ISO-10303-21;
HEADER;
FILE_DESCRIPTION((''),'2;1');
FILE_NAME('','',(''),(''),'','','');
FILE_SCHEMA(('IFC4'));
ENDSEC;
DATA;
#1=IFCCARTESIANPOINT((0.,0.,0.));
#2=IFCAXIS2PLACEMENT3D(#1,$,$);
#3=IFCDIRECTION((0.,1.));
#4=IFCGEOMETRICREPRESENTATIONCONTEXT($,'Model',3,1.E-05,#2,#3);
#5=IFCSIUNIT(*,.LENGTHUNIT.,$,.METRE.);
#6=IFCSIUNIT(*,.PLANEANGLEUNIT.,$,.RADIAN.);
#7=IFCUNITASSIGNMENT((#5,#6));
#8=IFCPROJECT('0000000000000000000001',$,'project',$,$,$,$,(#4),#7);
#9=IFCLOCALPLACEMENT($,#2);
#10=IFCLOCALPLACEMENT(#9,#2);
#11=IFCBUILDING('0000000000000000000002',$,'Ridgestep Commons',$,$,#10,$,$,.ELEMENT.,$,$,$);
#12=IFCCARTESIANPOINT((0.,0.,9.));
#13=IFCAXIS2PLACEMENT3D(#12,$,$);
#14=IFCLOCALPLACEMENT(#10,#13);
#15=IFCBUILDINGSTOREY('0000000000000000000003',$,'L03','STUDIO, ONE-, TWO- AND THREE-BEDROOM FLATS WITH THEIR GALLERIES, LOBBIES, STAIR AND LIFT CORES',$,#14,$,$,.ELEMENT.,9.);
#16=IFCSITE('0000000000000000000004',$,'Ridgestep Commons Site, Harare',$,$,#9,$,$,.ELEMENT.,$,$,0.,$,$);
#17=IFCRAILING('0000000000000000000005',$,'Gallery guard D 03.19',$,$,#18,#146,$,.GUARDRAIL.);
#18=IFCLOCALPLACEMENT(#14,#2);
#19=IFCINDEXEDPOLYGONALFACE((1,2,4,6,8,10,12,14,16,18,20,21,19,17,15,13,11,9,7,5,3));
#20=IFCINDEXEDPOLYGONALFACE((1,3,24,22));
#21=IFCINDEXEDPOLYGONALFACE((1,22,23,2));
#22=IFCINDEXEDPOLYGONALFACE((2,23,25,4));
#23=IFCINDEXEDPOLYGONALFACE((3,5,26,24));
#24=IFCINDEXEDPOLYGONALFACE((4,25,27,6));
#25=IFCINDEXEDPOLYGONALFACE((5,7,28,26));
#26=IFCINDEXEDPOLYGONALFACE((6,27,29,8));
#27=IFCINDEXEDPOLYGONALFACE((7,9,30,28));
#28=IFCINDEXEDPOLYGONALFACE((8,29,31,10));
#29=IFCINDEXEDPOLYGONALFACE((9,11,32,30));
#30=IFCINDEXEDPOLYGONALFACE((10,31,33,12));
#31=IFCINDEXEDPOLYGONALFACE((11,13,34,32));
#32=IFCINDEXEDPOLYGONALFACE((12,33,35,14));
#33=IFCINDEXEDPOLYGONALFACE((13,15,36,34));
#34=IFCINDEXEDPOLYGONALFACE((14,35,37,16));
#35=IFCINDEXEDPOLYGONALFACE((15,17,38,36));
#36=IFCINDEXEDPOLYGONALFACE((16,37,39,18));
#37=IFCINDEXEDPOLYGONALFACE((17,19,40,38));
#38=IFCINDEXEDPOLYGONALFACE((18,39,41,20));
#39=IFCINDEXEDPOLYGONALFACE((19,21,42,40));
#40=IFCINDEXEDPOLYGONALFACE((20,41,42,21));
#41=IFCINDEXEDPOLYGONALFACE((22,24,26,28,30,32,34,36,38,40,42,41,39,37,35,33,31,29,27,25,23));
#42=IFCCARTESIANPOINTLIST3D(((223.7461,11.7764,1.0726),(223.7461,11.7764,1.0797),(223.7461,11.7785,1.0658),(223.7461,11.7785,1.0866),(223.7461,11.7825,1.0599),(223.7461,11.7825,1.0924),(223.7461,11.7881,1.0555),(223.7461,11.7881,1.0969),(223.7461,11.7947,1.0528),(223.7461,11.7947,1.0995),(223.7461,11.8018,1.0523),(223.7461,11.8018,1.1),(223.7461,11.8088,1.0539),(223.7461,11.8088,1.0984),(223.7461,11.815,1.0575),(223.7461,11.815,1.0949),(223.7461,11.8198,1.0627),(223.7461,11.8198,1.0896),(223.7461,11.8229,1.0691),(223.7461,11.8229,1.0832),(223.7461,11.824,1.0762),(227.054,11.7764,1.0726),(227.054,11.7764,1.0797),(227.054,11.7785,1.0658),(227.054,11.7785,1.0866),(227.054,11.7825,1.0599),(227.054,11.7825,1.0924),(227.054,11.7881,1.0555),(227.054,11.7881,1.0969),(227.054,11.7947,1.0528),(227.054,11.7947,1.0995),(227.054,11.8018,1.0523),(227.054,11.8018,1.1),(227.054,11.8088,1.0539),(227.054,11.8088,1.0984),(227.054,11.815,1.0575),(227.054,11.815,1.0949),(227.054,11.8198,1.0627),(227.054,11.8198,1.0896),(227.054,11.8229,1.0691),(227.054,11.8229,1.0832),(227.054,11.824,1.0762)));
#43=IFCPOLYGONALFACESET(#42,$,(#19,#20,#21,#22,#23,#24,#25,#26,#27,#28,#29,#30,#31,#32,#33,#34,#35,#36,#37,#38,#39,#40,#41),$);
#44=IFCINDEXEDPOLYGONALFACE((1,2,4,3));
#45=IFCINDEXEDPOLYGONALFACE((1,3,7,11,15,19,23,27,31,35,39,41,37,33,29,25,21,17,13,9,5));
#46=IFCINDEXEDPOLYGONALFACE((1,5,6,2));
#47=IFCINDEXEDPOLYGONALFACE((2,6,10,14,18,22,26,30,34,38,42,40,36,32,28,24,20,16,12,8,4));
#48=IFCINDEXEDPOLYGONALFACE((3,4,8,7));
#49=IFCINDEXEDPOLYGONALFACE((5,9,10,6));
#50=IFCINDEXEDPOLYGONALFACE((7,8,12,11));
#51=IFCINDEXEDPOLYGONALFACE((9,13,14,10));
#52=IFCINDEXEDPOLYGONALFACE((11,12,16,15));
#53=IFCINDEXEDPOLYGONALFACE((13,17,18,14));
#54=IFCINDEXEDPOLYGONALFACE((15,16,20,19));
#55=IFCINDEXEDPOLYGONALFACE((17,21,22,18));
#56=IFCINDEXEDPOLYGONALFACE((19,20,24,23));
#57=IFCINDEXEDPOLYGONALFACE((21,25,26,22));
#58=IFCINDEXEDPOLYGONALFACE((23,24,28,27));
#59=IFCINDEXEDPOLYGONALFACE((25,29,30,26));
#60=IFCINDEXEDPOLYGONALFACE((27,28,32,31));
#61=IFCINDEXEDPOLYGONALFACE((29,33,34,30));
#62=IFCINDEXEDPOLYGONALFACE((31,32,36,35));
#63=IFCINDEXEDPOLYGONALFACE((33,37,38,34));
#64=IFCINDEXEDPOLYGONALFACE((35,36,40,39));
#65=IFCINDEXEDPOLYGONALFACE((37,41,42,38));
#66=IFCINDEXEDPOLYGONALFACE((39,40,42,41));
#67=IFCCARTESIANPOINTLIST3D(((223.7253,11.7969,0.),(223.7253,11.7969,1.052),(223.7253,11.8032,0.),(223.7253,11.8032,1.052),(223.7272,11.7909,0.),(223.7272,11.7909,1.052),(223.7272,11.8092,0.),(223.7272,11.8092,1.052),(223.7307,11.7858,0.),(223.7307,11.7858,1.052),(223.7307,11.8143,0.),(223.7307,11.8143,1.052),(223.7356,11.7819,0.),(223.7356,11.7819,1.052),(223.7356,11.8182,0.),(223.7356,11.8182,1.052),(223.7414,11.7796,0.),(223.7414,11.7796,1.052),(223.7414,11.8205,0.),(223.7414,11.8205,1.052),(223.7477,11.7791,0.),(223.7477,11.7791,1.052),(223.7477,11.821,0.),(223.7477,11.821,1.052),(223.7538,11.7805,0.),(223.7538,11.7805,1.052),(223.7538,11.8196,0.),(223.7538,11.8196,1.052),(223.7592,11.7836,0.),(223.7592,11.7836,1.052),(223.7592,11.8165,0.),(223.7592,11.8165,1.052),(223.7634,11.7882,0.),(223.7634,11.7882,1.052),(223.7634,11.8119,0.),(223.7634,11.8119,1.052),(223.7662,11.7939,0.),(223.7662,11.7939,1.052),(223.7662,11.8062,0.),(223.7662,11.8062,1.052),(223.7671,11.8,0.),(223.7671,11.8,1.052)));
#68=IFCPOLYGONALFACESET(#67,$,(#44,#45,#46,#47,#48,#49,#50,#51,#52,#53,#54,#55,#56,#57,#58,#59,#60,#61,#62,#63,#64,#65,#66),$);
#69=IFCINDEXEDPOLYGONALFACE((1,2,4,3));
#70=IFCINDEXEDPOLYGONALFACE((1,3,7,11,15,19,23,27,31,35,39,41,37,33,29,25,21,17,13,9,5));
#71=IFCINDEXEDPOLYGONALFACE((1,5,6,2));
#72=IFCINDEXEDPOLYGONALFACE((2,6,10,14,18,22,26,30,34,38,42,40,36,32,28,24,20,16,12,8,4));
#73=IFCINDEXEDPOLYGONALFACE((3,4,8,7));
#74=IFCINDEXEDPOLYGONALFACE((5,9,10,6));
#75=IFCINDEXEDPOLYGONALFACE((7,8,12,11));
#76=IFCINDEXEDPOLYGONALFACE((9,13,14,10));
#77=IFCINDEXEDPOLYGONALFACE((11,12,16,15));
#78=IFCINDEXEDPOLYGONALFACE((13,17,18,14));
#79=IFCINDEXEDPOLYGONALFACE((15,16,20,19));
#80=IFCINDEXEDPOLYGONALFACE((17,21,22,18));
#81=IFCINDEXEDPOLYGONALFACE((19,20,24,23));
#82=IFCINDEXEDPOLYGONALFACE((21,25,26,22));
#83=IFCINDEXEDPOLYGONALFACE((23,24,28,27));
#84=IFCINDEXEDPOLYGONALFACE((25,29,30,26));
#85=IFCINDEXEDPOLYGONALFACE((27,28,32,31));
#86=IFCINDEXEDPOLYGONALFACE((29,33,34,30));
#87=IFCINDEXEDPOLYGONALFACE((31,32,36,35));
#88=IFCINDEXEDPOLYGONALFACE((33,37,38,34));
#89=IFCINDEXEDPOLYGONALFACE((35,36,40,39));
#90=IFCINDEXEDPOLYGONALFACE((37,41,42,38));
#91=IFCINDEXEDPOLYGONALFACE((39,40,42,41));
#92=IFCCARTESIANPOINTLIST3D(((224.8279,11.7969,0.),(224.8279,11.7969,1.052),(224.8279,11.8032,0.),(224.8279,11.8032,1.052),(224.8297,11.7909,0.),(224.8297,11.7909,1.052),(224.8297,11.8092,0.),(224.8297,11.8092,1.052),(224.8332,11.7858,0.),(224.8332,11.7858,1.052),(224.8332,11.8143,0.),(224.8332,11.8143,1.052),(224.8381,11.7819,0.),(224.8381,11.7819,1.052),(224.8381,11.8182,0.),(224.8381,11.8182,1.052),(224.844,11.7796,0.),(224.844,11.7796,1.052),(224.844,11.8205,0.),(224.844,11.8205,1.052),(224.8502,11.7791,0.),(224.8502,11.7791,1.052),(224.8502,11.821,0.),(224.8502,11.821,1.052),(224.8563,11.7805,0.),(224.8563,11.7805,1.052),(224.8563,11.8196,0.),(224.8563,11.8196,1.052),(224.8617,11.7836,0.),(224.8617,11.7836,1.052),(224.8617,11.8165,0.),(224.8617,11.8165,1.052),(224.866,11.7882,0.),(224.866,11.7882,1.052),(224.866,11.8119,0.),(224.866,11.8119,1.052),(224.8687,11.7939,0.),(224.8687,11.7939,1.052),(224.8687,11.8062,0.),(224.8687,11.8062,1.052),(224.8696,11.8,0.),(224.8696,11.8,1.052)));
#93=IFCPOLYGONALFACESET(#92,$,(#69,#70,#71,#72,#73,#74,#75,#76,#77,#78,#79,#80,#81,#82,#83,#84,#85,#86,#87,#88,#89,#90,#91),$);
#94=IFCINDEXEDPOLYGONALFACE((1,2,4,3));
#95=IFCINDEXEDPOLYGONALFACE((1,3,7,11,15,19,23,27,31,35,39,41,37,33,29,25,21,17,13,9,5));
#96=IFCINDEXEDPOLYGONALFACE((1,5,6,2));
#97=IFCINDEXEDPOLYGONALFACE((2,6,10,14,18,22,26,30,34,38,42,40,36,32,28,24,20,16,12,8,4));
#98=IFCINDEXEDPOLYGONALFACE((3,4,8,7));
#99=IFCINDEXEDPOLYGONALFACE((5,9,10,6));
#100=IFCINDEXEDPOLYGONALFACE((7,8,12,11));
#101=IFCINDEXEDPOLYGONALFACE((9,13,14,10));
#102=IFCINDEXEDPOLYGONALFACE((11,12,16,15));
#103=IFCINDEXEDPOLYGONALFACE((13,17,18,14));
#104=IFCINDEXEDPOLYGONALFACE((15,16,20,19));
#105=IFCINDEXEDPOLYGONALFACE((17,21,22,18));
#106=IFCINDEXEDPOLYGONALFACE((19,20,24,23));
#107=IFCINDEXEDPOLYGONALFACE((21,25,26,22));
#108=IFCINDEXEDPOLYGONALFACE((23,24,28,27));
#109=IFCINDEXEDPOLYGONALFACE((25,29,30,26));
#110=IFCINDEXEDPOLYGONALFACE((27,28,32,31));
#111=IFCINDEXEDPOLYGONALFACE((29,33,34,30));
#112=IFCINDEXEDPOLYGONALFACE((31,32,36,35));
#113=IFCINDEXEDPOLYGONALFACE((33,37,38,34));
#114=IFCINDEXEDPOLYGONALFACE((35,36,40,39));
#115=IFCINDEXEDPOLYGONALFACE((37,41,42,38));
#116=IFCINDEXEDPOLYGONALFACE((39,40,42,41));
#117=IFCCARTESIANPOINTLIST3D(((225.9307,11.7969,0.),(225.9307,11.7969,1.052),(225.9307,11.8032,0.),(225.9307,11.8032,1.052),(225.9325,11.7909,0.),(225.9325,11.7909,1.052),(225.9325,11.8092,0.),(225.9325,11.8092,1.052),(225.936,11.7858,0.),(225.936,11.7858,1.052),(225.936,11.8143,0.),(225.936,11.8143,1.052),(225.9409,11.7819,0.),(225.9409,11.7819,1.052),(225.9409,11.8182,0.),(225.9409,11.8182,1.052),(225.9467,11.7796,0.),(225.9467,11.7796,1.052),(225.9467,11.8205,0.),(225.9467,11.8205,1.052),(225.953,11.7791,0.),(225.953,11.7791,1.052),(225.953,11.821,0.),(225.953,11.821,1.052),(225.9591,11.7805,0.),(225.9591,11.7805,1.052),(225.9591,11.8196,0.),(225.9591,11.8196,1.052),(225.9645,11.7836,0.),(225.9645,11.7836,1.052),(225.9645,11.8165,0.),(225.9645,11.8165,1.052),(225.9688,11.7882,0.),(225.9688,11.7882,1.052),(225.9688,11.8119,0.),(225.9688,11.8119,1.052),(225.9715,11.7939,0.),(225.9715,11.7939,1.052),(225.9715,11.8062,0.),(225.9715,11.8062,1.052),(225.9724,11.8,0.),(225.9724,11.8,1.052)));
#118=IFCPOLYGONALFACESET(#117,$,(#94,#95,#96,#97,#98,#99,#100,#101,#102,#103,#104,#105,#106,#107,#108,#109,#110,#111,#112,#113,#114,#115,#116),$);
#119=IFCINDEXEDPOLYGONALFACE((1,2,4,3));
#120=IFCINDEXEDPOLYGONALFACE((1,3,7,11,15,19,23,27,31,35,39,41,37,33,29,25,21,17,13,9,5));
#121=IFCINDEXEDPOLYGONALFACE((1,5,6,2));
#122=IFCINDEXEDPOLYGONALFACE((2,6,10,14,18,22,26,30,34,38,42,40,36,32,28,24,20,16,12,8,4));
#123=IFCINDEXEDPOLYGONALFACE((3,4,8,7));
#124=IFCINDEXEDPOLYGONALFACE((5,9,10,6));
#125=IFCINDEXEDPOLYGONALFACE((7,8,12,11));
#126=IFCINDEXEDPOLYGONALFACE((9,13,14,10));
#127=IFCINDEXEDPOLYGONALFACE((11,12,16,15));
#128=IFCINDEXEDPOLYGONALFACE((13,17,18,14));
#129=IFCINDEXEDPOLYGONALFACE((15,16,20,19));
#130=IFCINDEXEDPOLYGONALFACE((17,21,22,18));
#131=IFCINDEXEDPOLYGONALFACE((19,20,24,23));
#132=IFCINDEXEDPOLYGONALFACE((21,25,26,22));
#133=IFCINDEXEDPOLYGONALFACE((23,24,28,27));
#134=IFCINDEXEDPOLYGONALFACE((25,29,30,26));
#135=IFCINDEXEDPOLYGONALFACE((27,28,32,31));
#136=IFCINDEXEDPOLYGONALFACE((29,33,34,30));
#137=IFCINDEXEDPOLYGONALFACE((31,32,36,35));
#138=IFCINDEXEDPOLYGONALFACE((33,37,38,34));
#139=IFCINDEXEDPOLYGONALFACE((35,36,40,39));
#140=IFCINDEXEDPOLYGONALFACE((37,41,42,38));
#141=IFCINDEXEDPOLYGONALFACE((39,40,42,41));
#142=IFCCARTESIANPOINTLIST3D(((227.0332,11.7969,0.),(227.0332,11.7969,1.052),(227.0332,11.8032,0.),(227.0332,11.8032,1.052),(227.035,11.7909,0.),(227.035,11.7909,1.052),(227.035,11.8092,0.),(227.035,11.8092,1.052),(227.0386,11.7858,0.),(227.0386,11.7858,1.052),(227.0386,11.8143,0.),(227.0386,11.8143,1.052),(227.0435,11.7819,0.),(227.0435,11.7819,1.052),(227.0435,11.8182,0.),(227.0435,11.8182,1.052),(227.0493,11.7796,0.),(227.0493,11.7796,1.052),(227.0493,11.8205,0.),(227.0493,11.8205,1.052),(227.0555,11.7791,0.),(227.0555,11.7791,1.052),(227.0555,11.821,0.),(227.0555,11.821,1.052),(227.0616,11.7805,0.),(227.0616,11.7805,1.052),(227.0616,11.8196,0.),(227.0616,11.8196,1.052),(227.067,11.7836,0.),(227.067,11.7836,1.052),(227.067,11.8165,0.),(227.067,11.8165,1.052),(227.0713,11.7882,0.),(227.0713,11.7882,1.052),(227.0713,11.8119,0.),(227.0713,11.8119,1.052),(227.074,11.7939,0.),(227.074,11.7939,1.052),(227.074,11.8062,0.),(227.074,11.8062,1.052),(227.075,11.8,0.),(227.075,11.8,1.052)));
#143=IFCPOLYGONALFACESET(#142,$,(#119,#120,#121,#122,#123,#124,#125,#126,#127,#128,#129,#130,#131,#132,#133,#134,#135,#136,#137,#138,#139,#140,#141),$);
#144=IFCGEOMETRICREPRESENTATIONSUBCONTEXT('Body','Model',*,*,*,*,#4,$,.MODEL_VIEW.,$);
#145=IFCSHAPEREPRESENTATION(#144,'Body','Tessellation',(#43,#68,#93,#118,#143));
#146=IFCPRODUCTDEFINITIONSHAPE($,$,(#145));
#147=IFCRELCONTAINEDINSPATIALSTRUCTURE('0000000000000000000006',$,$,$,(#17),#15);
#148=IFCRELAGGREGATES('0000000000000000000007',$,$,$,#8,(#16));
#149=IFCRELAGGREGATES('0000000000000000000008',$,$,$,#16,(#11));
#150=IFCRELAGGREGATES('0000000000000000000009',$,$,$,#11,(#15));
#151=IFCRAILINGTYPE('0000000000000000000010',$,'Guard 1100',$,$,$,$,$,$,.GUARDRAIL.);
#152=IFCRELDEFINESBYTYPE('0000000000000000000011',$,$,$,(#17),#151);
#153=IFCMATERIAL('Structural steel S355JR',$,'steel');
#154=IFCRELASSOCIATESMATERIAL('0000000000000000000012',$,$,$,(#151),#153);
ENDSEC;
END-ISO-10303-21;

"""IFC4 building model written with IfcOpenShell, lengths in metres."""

from ifc_helpers import new_model, si_unit, direction, frame, origin, origin_2d, place, context, subcontext, project, spatial, circle, extrude, material, type_object, element, save


model = new_model("IFC4")

# Units and contexts
model_context = context("Model", 3, precision=1e-05, world=origin(), true_north=direction((0.0, 1.0)))
body_context = subcontext(model_context, "Body", "Model", "MODEL_VIEW")
ifc_project = project(units=[si_unit("LENGTHUNIT", "METRE"), si_unit("PLANEANGLEUNIT", "RADIAN")], contexts=[model_context])

# Site, building, storey
site_placement = place(None, origin())
site = spatial("IfcSite", under=ifc_project, at=site_placement, Name="Ridgestep Commons Site, Harare", CompositionType="ELEMENT", RefElevation=0.0)
building_placement = place(site_placement, origin())
building = spatial("IfcBuilding", under=site, at=building_placement, Name="Ridgestep Commons", CompositionType="ELEMENT")
storey_placement = place(building_placement, frame((0.0, 0.0, 9.0)))
storey = spatial("IfcBuildingStorey", under=building, at=storey_placement, Name="L03", Description="STUDIO, ONE-, TWO- AND THREE-BEDROOM FLATS WITH THEIR GALLERIES, LOBBIES, STAIR AND LIFT CORES", CompositionType="ELEMENT", Elevation=9.0)

# Railing
ifc_material_1 = material(Name="Structural steel S355JR", Category="steel")
railing_type = type_object("IfcRailingType", Name="Guard 1100", PredefinedType="GUARDRAIL", material=ifc_material_1)
railing_1_placement = place(storey_placement, frame((223.7461, 11.8, 0.0)))
element("IfcRailing", 1, at=railing_1_placement, inside=storey, type_object=railing_type, Name="Gallery guard D 03.19", PredefinedType="GUARDRAIL", context=body_context, shape_type="SweptSolid", body=[
    extrude(circle(Radius=0.0239, at=origin_2d()), frame((0.0, 0.0, 1.0762), z_axis=(1.0, 0.0, 0.0), x_axis=(0.0, 1.0, 0.0)), (0.0, 0.0, 1.0), 3.3079),
    extrude(circle(Radius=0.021, at=origin_2d()), origin(), (0.0, 0.0, 1.0), 1.052),
    extrude(circle(Radius=0.021, at=origin_2d()), frame((1.1025, 0.0, 0.0)), (0.0, 0.0, 1.0), 1.052),
    extrude(circle(Radius=0.021, at=origin_2d()), frame((2.2053, 0.0, 0.0)), (0.0, 0.0, 1.0), 1.052),
    extrude(circle(Radius=0.021, at=origin_2d()), frame((3.3079, 0.0, 0.0)), (0.0, 0.0, 1.0), 1.052),
])

save(model, "model.ifc")
